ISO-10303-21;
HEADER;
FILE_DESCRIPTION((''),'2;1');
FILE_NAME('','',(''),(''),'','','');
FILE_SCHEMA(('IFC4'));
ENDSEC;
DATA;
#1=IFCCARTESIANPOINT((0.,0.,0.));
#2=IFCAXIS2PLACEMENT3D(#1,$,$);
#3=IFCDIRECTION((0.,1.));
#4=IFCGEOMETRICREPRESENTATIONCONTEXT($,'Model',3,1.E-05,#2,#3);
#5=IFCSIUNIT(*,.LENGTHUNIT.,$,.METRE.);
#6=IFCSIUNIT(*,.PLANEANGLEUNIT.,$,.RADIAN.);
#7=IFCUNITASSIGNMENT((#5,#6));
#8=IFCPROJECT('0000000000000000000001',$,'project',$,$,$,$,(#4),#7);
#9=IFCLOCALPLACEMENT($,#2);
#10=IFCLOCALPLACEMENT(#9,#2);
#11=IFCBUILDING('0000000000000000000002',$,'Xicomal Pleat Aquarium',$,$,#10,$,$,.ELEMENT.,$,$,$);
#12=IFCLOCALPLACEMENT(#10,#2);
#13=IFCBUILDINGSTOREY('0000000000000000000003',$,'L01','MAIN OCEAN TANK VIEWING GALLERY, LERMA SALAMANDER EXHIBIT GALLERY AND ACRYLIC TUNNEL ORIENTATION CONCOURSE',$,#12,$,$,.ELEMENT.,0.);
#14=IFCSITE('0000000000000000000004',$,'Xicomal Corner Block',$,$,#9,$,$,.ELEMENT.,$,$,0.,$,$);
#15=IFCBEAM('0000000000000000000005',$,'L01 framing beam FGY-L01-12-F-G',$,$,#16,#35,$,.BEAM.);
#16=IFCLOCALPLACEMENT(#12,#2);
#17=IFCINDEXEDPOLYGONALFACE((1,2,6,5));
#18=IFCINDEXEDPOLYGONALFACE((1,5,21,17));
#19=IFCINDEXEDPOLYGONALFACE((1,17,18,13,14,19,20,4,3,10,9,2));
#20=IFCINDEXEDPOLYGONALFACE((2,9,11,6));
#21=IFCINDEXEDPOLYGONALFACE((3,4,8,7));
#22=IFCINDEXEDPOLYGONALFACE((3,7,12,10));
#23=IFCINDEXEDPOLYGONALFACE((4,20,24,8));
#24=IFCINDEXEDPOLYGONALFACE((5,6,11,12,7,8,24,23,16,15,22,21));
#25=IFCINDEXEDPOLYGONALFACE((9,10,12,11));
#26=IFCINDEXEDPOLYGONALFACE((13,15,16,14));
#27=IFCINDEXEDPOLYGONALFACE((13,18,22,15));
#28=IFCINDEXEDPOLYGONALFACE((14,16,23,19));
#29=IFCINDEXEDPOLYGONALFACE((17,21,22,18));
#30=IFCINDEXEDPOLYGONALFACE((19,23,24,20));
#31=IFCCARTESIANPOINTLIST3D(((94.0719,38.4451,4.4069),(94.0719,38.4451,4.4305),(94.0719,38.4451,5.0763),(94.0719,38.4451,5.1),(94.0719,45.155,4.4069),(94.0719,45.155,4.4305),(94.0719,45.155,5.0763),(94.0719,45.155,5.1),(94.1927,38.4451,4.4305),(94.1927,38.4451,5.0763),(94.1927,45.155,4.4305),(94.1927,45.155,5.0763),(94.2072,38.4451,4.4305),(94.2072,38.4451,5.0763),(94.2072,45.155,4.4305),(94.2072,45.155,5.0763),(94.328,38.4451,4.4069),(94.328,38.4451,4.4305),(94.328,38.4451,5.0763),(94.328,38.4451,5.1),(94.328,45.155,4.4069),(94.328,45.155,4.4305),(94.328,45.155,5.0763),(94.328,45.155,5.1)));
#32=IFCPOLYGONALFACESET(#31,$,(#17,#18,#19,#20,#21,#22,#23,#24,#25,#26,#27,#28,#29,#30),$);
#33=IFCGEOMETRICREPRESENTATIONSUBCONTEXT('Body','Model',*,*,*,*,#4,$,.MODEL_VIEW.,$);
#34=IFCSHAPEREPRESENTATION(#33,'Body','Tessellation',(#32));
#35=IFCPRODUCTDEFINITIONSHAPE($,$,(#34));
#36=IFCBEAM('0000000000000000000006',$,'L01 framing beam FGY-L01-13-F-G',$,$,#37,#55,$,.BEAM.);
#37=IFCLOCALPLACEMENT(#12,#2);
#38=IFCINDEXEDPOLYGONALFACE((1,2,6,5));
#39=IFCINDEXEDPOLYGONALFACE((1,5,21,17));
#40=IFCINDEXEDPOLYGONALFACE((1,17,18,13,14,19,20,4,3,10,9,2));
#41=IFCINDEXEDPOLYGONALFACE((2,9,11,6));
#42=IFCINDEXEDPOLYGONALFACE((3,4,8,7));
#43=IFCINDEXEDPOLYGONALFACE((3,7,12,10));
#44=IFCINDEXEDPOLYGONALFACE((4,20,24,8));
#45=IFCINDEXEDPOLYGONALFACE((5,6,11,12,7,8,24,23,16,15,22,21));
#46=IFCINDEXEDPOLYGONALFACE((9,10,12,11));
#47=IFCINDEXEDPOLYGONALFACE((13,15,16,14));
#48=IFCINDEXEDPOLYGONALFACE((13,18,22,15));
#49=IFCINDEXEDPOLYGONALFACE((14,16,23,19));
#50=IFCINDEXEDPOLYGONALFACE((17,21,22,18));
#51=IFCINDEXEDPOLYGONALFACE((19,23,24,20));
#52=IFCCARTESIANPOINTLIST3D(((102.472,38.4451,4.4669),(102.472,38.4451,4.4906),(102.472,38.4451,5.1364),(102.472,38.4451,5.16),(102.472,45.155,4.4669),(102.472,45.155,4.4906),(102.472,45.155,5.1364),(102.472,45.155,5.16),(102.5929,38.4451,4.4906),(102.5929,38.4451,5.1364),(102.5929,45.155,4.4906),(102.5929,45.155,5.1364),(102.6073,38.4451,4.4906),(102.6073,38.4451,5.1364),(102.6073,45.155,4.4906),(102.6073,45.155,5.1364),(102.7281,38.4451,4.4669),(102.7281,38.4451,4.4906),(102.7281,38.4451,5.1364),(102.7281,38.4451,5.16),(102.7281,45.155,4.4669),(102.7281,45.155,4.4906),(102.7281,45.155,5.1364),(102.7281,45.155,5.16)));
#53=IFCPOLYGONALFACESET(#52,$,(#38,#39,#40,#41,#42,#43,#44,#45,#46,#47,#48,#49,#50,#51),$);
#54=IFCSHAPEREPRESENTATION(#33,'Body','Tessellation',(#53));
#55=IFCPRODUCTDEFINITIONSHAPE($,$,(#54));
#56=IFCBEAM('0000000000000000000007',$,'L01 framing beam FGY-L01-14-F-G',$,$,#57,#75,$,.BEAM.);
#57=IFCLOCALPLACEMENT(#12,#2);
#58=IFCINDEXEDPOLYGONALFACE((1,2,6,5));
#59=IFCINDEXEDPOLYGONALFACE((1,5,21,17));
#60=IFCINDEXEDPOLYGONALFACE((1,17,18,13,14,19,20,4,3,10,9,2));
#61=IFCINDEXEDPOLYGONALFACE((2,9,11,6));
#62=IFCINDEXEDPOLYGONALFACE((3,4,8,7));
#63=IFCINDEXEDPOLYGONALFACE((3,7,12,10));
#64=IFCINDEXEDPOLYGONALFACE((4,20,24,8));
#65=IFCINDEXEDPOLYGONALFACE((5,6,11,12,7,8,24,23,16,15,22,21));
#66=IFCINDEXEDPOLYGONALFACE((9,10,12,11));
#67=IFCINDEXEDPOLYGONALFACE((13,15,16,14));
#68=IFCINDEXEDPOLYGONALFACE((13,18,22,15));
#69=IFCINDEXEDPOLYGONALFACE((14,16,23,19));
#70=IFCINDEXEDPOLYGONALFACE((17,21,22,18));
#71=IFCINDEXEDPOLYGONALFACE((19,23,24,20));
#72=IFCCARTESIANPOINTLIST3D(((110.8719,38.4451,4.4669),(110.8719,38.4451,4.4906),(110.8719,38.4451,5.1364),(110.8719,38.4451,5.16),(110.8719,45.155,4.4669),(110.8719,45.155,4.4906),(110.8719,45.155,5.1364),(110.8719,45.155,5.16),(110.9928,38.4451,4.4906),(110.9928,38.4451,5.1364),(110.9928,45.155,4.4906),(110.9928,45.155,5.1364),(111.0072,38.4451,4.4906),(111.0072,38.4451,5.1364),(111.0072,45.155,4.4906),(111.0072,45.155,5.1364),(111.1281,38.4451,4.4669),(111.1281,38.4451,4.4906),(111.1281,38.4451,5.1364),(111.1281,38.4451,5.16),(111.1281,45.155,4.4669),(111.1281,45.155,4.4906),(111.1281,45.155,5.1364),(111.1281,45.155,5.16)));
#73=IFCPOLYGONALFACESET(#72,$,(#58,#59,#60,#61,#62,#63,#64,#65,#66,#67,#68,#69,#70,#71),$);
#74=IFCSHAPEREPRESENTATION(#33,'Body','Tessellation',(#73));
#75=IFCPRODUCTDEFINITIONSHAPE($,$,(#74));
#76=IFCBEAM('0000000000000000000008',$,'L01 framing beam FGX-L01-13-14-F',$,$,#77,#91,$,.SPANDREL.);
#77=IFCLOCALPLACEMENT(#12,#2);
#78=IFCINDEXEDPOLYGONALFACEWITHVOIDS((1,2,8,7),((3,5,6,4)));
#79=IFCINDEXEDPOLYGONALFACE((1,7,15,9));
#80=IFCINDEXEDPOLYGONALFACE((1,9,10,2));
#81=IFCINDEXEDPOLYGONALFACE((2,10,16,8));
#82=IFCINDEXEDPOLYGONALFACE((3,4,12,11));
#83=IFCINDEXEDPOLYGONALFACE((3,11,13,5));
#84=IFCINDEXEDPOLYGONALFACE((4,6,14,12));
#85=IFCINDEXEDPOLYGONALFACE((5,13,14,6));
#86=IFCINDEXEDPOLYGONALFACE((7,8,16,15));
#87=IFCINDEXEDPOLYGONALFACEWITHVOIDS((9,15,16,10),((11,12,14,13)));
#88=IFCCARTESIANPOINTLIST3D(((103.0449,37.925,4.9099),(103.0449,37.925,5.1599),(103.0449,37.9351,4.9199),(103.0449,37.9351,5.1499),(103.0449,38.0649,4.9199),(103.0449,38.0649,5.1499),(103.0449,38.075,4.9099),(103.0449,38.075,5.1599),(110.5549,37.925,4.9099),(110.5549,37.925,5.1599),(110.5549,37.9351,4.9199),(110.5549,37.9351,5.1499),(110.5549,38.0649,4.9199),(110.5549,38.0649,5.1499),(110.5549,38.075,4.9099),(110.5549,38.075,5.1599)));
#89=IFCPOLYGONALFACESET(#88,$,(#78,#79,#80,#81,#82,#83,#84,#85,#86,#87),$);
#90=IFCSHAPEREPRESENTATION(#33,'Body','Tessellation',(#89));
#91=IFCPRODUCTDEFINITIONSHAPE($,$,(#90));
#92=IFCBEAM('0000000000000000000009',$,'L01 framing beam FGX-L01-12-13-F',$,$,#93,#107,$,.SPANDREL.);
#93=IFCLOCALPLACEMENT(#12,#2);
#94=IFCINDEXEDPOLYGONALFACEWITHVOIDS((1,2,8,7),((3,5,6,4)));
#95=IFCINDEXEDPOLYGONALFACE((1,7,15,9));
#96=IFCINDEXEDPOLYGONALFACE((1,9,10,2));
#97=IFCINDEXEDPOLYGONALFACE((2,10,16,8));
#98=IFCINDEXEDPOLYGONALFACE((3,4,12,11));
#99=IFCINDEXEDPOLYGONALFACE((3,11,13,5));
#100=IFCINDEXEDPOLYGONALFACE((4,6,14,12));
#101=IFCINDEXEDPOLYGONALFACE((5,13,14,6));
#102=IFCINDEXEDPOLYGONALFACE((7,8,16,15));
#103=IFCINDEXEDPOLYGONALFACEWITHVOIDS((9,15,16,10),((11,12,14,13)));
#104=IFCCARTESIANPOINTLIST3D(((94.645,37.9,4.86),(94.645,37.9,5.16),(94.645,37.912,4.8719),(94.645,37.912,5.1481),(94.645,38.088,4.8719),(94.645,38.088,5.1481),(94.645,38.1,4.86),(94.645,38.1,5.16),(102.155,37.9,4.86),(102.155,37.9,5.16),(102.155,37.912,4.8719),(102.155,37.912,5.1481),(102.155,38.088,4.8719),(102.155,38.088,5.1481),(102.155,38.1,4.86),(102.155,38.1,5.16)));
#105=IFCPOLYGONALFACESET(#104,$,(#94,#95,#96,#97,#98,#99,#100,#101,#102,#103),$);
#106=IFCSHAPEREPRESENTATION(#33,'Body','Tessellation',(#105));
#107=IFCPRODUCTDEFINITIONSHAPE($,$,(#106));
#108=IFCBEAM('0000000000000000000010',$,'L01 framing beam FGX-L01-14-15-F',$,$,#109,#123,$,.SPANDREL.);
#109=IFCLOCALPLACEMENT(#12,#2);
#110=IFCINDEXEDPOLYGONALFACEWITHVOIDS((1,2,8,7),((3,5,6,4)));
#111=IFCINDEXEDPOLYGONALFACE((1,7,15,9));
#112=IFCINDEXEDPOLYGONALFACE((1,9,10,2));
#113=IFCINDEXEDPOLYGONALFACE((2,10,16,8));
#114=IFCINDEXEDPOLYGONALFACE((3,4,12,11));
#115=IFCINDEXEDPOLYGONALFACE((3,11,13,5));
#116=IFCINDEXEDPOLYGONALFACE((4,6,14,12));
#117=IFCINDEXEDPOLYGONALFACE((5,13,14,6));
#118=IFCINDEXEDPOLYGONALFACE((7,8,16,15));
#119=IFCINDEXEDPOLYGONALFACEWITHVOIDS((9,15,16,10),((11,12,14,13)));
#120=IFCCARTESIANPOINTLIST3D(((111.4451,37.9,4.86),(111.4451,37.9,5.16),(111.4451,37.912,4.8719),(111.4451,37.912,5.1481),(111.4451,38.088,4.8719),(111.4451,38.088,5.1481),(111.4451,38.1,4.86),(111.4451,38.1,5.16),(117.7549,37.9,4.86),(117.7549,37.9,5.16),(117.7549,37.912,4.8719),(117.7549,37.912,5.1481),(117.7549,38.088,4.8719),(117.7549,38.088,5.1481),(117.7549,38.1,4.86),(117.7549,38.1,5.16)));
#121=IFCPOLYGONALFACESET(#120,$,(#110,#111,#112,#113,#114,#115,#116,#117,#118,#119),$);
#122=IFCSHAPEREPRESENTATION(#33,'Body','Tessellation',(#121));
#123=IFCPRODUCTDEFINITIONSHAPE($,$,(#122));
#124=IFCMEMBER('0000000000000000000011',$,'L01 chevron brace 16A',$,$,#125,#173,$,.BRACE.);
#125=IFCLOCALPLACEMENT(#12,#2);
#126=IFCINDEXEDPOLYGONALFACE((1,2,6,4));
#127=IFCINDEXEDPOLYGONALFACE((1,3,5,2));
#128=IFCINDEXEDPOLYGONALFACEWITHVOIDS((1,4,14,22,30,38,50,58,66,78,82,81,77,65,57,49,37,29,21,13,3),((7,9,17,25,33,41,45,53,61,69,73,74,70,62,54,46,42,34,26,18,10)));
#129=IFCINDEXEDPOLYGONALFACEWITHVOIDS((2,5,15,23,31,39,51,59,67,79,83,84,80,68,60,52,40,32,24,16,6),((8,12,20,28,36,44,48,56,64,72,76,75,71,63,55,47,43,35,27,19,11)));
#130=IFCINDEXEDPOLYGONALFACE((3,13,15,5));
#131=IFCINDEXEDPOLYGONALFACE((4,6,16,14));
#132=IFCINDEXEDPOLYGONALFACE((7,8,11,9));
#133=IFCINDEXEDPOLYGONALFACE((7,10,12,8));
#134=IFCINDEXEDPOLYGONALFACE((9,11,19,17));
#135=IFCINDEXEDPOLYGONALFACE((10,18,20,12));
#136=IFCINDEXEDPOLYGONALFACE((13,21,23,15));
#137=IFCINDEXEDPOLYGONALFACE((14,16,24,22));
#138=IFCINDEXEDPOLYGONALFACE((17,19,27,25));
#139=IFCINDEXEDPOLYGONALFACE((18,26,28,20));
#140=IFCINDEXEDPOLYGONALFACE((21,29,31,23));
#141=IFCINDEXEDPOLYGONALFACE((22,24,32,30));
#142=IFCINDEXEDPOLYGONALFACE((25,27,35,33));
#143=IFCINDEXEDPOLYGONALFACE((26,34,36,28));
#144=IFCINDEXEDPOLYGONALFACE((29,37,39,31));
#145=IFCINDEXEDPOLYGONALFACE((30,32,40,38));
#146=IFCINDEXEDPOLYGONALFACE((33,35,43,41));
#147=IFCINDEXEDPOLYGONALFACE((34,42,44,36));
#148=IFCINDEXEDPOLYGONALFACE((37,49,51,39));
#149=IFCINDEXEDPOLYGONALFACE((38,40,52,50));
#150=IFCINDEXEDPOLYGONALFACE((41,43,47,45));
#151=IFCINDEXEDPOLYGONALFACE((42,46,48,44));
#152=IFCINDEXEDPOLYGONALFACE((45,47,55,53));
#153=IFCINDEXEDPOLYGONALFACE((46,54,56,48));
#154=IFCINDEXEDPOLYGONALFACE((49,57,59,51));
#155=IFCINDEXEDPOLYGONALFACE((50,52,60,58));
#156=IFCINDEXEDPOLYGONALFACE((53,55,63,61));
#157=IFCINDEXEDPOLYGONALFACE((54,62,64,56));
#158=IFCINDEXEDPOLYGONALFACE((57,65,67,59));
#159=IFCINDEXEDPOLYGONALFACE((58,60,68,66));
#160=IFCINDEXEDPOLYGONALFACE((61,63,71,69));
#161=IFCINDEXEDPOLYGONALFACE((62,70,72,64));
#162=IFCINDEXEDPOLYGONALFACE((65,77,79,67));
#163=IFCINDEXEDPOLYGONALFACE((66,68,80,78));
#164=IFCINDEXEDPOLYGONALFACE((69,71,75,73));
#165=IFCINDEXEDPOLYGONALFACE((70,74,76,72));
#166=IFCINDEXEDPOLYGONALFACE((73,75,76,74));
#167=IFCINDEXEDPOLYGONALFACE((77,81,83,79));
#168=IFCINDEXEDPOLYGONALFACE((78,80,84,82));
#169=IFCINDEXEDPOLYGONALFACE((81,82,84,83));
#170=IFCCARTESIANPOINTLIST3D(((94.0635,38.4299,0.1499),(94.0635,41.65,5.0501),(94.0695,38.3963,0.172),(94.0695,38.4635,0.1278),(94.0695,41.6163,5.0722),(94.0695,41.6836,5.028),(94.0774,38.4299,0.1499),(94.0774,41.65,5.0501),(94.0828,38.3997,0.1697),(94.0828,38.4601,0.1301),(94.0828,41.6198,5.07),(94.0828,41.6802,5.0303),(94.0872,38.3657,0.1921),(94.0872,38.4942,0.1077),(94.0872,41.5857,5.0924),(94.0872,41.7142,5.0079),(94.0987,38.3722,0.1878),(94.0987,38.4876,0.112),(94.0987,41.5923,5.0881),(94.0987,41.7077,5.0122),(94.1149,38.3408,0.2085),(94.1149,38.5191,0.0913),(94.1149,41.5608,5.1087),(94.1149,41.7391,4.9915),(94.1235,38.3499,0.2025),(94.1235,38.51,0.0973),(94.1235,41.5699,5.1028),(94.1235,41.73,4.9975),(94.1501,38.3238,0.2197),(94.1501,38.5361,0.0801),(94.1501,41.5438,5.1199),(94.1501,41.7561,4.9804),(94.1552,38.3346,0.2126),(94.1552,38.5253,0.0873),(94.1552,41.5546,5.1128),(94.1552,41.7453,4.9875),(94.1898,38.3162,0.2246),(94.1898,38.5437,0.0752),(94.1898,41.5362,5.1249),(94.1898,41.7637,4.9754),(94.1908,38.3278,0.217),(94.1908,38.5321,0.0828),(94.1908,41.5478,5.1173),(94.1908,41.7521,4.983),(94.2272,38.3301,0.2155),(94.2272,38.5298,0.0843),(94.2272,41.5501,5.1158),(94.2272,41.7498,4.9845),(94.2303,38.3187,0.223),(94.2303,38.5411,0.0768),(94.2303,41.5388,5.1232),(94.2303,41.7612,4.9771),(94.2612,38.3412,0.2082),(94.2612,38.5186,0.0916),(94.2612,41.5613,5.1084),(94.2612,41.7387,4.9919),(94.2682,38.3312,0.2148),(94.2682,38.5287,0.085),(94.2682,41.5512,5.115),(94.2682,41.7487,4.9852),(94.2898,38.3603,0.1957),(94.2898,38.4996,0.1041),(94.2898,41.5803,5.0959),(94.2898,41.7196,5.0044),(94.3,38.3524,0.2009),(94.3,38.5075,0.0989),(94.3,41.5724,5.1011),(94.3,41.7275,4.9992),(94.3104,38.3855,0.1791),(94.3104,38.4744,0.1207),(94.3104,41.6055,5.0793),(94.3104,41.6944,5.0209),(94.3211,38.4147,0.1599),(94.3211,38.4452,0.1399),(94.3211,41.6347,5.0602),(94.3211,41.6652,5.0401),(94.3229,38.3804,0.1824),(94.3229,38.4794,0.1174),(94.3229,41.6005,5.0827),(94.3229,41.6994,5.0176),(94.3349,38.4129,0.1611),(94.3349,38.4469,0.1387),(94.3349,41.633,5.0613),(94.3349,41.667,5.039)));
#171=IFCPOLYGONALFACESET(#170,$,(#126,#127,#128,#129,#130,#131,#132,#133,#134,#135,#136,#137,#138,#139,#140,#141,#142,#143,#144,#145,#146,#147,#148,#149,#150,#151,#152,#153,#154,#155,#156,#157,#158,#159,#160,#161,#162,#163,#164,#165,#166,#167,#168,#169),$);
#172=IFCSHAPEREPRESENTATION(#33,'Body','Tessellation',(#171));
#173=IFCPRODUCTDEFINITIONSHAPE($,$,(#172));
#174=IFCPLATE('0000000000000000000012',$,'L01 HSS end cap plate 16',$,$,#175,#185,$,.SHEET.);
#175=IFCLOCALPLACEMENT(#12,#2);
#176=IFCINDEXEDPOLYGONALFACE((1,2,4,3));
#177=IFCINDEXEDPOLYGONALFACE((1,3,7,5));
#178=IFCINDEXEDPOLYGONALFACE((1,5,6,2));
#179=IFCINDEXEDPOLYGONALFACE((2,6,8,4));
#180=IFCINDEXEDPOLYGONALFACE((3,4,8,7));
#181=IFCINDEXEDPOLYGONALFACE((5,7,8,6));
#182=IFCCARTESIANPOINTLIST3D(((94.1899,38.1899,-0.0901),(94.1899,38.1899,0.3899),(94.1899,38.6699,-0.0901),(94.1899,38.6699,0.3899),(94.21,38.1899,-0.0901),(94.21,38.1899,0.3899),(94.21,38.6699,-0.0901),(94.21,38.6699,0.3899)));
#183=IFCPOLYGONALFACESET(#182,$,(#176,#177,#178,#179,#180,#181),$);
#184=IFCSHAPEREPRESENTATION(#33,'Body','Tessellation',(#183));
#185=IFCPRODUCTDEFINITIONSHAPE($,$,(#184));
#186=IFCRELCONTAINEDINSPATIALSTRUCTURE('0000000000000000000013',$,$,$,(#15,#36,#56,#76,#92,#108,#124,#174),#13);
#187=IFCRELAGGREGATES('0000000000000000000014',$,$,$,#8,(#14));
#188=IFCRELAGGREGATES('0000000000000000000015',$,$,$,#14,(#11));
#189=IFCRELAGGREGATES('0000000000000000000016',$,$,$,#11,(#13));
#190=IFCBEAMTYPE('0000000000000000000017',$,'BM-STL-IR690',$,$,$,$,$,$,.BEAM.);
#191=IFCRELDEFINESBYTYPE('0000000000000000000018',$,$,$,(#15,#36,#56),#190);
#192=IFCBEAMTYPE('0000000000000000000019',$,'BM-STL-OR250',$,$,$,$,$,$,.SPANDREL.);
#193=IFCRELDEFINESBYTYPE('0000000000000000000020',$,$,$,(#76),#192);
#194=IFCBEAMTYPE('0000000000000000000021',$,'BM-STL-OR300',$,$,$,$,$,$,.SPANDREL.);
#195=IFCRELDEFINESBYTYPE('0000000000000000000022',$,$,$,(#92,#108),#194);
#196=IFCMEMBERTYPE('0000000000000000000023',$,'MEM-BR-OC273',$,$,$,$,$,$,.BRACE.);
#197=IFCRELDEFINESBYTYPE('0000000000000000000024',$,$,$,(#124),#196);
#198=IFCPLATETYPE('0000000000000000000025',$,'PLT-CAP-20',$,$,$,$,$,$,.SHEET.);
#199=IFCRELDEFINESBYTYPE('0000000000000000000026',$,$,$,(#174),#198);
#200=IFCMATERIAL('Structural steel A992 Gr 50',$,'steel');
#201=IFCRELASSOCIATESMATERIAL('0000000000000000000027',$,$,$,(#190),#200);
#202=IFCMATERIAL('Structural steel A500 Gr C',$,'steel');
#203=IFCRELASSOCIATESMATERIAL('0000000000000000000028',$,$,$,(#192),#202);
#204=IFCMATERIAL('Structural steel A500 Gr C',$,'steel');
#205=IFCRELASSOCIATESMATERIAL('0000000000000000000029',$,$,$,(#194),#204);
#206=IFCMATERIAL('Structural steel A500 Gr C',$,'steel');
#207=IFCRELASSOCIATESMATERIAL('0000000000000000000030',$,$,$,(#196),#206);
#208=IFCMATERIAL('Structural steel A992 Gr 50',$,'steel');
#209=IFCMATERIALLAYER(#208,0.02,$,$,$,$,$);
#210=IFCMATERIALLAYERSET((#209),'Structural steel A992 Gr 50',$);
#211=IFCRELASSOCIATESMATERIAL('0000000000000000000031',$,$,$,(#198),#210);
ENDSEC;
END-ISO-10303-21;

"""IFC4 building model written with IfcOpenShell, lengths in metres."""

from ifc_helpers import new_model, si_unit, direction, frame, origin, origin_2d, place, context, subcontext, project, spatial, rectangle, hollow_rectangle, hollow_circle, i_section, extrude, material, layer, layer_set, material_profile, profile_set, type_object, element, save


model = new_model("IFC4")

# Units and contexts
model_context = context("Model", 3, precision=1e-05, world=origin(), true_north=direction((0.0, 1.0)))
body_context = subcontext(model_context, "Body", "Model", "MODEL_VIEW")
ifc_project = project(units=[si_unit("LENGTHUNIT", "METRE"), si_unit("PLANEANGLEUNIT", "RADIAN")], contexts=[model_context])

# Site, building, storey
site_placement = place(None, origin())
site = spatial("IfcSite", under=ifc_project, at=site_placement, Name="Xicomal Corner Block", CompositionType="ELEMENT", RefElevation=0.0)
building_placement = place(site_placement, origin())
building = spatial("IfcBuilding", under=site, at=building_placement, Name="Xicomal Pleat Aquarium", CompositionType="ELEMENT")
storey_placement = place(building_placement, origin())
storey = spatial("IfcBuildingStorey", under=building, at=storey_placement, Name="L01", Description="MAIN OCEAN TANK VIEWING GALLERY, LERMA SALAMANDER EXHIBIT GALLERY AND ACRYLIC TUNNEL ORIENTATION CONCOURSE", CompositionType="ELEMENT", Elevation=0.0)

# Beams
ifc_material_1 = material(Name="Structural steel A992 Gr 50", Category="steel")
ifc_material_profile_1 = material_profile(ifc_material_1, i_section(OverallWidth=0.2561, OverallDepth=0.6931, WebThickness=0.0144, FlangeThickness=0.0237, at=origin_2d()), Name="IR 690x170")
ifc_profile_set_1 = profile_set([ifc_material_profile_1], Name="Structural steel A992 Gr 50")
beam_type_1 = type_object("IfcBeamType", Name="BM-STL-IR690", PredefinedType="BEAM", material=ifc_profile_set_1)
for number, where, z_axis, x_axis, name in (
    (1, (94.2, 38.4451, 4.7534), (0.0, 1.0, 0.0), (-1.0, 0.0, 0.0), "L01 framing beam FGY-L01-12-F-G"),
    (2, (102.6001, 38.4451, 4.8135), (0.0, 1.0, 0.0), (-1.0, 0.0, 0.0), "L01 framing beam FGY-L01-13-F-G"),
    (3, (111.0, 38.4451, 4.8135), (0.0, 1.0, 0.0), (-1.0, 0.0, 0.0), "L01 framing beam FGY-L01-14-F-G"),
):
    element("IfcBeam", number, at=place(storey_placement, frame(where, z_axis=z_axis, x_axis=x_axis)), inside=storey, type_object=beam_type_1, Name=name, PredefinedType="BEAM", context=body_context, shape_type="SweptSolid", body=[
        extrude(i_section(OverallWidth=0.2561, OverallDepth=0.6931, WebThickness=0.0144, FlangeThickness=0.0237, at=origin_2d()), origin(), (0.0, 0.0, 1.0), 6.71),
    ])
ifc_material_2 = material(Name="Structural steel A500 Gr C", Category="steel")
ifc_material_profile_2 = material_profile(ifc_material_2, hollow_rectangle(XDim=0.1499, YDim=0.25, WallThickness=0.01, at=origin_2d()), Name="OR 250x150x10")
ifc_profile_set_2 = profile_set([ifc_material_profile_2], Name="Structural steel A500 Gr C")
beam_type_2 = type_object("IfcBeamType", Name="BM-STL-OR250", PredefinedType="SPANDREL", material=ifc_profile_set_2)
beam_1_placement = place(storey_placement, frame((103.0449, 38.0, 5.0349), z_axis=(1.0, 0.0, 0.0), x_axis=(0.0, 1.0, 0.0)))
element("IfcBeam", 4, at=beam_1_placement, inside=storey, type_object=beam_type_2, Name="L01 framing beam FGX-L01-13-14-F", PredefinedType="SPANDREL", context=body_context, shape_type="SweptSolid", body=[
    extrude(hollow_rectangle(XDim=0.1499, YDim=0.25, WallThickness=0.01, at=origin_2d()), origin(), (0.0, 0.0, 1.0), 7.51),
])
ifc_material_3 = material(Name="Structural steel A500 Gr C", Category="steel")
ifc_material_profile_3 = material_profile(ifc_material_3, hollow_rectangle(XDim=0.2, YDim=0.3, WallThickness=0.012, at=origin_2d()), Name="OR 300x200x12")
ifc_profile_set_3 = profile_set([ifc_material_profile_3], Name="Structural steel A500 Gr C")
beam_type_3 = type_object("IfcBeamType", Name="BM-STL-OR300", PredefinedType="SPANDREL", material=ifc_profile_set_3)
beam_2_placement = place(storey_placement, frame((94.645, 38.0, 5.01), z_axis=(1.0, 0.0, 0.0), x_axis=(0.0, 1.0, 0.0)))
element("IfcBeam", 5, at=beam_2_placement, inside=storey, type_object=beam_type_3, Name="L01 framing beam FGX-L01-12-13-F", PredefinedType="SPANDREL", context=body_context, shape_type="SweptSolid", body=[
    extrude(hollow_rectangle(XDim=0.2, YDim=0.3, WallThickness=0.012, at=origin_2d()), origin(), (0.0, 0.0, 1.0), 7.51),
])
beam_3_placement = place(storey_placement, frame((111.4451, 38.0, 5.01), z_axis=(1.0, 0.0, 0.0), x_axis=(0.0, 1.0, 0.0)))
element("IfcBeam", 6, at=beam_3_placement, inside=storey, type_object=beam_type_3, Name="L01 framing beam FGX-L01-14-15-F", PredefinedType="SPANDREL", context=body_context, shape_type="SweptSolid", body=[
    extrude(hollow_rectangle(XDim=0.2, YDim=0.3, WallThickness=0.012, at=origin_2d()), origin(), (0.0, 0.0, 1.0), 6.3098),
])

# Member
ifc_material_4 = material(Name="Structural steel A500 Gr C", Category="steel")
ifc_material_profile_4 = material_profile(ifc_material_4, hollow_circle(Radius=0.1365, WallThickness=0.0139, at=origin_2d()), Name="OC 273x14")
ifc_profile_set_4 = profile_set([ifc_material_profile_4], Name="Structural steel A500 Gr C")
member_type = type_object("IfcMemberType", Name="MEM-BR-OC273", PredefinedType="BRACE", material=ifc_profile_set_4)
member_placement = place(storey_placement, frame((94.2, 38.4299, 0.1499), z_axis=(0.0, 0.549163, 0.835715), x_axis=(-1.0, 0.0, 0.0)))
element("IfcMember", 7, at=member_placement, inside=storey, type_object=member_type, Name="L01 chevron brace 16A", PredefinedType="BRACE", context=body_context, shape_type="SweptSolid", body=[
    extrude(hollow_circle(Radius=0.1365, WallThickness=0.0139, at=origin_2d()), origin(), (0.0, 0.0, 1.0), 5.8635),
])

# Plate
ifc_material_5 = material(Name="Structural steel A992 Gr 50", Category="steel")
ifc_layer_1 = layer(ifc_material_5, 0.02)
ifc_layer_set_1 = layer_set([ifc_layer_1], Name="Structural steel A992 Gr 50")
plate_type_1 = type_object("IfcPlateType", Name="PLT-CAP-20", PredefinedType="SHEET", material=ifc_layer_set_1)
plate_1_placement = place(storey_placement, frame((94.2, 38.4299, -0.0901), z_axis=(0.0, 0.0, 1.0), x_axis=(0.0, 1.0, 0.0)))
element("IfcPlate", 8, at=plate_1_placement, inside=storey, type_object=plate_type_1, Name="L01 HSS end cap plate 16", PredefinedType="SHEET", context=body_context, shape_type="SweptSolid", body=[
    extrude(rectangle(XDim=0.48, YDim=0.02, at=origin_2d()), origin(), (0.0, 0.0, 1.0), 0.48),
])

save(model, "model.ifc")
